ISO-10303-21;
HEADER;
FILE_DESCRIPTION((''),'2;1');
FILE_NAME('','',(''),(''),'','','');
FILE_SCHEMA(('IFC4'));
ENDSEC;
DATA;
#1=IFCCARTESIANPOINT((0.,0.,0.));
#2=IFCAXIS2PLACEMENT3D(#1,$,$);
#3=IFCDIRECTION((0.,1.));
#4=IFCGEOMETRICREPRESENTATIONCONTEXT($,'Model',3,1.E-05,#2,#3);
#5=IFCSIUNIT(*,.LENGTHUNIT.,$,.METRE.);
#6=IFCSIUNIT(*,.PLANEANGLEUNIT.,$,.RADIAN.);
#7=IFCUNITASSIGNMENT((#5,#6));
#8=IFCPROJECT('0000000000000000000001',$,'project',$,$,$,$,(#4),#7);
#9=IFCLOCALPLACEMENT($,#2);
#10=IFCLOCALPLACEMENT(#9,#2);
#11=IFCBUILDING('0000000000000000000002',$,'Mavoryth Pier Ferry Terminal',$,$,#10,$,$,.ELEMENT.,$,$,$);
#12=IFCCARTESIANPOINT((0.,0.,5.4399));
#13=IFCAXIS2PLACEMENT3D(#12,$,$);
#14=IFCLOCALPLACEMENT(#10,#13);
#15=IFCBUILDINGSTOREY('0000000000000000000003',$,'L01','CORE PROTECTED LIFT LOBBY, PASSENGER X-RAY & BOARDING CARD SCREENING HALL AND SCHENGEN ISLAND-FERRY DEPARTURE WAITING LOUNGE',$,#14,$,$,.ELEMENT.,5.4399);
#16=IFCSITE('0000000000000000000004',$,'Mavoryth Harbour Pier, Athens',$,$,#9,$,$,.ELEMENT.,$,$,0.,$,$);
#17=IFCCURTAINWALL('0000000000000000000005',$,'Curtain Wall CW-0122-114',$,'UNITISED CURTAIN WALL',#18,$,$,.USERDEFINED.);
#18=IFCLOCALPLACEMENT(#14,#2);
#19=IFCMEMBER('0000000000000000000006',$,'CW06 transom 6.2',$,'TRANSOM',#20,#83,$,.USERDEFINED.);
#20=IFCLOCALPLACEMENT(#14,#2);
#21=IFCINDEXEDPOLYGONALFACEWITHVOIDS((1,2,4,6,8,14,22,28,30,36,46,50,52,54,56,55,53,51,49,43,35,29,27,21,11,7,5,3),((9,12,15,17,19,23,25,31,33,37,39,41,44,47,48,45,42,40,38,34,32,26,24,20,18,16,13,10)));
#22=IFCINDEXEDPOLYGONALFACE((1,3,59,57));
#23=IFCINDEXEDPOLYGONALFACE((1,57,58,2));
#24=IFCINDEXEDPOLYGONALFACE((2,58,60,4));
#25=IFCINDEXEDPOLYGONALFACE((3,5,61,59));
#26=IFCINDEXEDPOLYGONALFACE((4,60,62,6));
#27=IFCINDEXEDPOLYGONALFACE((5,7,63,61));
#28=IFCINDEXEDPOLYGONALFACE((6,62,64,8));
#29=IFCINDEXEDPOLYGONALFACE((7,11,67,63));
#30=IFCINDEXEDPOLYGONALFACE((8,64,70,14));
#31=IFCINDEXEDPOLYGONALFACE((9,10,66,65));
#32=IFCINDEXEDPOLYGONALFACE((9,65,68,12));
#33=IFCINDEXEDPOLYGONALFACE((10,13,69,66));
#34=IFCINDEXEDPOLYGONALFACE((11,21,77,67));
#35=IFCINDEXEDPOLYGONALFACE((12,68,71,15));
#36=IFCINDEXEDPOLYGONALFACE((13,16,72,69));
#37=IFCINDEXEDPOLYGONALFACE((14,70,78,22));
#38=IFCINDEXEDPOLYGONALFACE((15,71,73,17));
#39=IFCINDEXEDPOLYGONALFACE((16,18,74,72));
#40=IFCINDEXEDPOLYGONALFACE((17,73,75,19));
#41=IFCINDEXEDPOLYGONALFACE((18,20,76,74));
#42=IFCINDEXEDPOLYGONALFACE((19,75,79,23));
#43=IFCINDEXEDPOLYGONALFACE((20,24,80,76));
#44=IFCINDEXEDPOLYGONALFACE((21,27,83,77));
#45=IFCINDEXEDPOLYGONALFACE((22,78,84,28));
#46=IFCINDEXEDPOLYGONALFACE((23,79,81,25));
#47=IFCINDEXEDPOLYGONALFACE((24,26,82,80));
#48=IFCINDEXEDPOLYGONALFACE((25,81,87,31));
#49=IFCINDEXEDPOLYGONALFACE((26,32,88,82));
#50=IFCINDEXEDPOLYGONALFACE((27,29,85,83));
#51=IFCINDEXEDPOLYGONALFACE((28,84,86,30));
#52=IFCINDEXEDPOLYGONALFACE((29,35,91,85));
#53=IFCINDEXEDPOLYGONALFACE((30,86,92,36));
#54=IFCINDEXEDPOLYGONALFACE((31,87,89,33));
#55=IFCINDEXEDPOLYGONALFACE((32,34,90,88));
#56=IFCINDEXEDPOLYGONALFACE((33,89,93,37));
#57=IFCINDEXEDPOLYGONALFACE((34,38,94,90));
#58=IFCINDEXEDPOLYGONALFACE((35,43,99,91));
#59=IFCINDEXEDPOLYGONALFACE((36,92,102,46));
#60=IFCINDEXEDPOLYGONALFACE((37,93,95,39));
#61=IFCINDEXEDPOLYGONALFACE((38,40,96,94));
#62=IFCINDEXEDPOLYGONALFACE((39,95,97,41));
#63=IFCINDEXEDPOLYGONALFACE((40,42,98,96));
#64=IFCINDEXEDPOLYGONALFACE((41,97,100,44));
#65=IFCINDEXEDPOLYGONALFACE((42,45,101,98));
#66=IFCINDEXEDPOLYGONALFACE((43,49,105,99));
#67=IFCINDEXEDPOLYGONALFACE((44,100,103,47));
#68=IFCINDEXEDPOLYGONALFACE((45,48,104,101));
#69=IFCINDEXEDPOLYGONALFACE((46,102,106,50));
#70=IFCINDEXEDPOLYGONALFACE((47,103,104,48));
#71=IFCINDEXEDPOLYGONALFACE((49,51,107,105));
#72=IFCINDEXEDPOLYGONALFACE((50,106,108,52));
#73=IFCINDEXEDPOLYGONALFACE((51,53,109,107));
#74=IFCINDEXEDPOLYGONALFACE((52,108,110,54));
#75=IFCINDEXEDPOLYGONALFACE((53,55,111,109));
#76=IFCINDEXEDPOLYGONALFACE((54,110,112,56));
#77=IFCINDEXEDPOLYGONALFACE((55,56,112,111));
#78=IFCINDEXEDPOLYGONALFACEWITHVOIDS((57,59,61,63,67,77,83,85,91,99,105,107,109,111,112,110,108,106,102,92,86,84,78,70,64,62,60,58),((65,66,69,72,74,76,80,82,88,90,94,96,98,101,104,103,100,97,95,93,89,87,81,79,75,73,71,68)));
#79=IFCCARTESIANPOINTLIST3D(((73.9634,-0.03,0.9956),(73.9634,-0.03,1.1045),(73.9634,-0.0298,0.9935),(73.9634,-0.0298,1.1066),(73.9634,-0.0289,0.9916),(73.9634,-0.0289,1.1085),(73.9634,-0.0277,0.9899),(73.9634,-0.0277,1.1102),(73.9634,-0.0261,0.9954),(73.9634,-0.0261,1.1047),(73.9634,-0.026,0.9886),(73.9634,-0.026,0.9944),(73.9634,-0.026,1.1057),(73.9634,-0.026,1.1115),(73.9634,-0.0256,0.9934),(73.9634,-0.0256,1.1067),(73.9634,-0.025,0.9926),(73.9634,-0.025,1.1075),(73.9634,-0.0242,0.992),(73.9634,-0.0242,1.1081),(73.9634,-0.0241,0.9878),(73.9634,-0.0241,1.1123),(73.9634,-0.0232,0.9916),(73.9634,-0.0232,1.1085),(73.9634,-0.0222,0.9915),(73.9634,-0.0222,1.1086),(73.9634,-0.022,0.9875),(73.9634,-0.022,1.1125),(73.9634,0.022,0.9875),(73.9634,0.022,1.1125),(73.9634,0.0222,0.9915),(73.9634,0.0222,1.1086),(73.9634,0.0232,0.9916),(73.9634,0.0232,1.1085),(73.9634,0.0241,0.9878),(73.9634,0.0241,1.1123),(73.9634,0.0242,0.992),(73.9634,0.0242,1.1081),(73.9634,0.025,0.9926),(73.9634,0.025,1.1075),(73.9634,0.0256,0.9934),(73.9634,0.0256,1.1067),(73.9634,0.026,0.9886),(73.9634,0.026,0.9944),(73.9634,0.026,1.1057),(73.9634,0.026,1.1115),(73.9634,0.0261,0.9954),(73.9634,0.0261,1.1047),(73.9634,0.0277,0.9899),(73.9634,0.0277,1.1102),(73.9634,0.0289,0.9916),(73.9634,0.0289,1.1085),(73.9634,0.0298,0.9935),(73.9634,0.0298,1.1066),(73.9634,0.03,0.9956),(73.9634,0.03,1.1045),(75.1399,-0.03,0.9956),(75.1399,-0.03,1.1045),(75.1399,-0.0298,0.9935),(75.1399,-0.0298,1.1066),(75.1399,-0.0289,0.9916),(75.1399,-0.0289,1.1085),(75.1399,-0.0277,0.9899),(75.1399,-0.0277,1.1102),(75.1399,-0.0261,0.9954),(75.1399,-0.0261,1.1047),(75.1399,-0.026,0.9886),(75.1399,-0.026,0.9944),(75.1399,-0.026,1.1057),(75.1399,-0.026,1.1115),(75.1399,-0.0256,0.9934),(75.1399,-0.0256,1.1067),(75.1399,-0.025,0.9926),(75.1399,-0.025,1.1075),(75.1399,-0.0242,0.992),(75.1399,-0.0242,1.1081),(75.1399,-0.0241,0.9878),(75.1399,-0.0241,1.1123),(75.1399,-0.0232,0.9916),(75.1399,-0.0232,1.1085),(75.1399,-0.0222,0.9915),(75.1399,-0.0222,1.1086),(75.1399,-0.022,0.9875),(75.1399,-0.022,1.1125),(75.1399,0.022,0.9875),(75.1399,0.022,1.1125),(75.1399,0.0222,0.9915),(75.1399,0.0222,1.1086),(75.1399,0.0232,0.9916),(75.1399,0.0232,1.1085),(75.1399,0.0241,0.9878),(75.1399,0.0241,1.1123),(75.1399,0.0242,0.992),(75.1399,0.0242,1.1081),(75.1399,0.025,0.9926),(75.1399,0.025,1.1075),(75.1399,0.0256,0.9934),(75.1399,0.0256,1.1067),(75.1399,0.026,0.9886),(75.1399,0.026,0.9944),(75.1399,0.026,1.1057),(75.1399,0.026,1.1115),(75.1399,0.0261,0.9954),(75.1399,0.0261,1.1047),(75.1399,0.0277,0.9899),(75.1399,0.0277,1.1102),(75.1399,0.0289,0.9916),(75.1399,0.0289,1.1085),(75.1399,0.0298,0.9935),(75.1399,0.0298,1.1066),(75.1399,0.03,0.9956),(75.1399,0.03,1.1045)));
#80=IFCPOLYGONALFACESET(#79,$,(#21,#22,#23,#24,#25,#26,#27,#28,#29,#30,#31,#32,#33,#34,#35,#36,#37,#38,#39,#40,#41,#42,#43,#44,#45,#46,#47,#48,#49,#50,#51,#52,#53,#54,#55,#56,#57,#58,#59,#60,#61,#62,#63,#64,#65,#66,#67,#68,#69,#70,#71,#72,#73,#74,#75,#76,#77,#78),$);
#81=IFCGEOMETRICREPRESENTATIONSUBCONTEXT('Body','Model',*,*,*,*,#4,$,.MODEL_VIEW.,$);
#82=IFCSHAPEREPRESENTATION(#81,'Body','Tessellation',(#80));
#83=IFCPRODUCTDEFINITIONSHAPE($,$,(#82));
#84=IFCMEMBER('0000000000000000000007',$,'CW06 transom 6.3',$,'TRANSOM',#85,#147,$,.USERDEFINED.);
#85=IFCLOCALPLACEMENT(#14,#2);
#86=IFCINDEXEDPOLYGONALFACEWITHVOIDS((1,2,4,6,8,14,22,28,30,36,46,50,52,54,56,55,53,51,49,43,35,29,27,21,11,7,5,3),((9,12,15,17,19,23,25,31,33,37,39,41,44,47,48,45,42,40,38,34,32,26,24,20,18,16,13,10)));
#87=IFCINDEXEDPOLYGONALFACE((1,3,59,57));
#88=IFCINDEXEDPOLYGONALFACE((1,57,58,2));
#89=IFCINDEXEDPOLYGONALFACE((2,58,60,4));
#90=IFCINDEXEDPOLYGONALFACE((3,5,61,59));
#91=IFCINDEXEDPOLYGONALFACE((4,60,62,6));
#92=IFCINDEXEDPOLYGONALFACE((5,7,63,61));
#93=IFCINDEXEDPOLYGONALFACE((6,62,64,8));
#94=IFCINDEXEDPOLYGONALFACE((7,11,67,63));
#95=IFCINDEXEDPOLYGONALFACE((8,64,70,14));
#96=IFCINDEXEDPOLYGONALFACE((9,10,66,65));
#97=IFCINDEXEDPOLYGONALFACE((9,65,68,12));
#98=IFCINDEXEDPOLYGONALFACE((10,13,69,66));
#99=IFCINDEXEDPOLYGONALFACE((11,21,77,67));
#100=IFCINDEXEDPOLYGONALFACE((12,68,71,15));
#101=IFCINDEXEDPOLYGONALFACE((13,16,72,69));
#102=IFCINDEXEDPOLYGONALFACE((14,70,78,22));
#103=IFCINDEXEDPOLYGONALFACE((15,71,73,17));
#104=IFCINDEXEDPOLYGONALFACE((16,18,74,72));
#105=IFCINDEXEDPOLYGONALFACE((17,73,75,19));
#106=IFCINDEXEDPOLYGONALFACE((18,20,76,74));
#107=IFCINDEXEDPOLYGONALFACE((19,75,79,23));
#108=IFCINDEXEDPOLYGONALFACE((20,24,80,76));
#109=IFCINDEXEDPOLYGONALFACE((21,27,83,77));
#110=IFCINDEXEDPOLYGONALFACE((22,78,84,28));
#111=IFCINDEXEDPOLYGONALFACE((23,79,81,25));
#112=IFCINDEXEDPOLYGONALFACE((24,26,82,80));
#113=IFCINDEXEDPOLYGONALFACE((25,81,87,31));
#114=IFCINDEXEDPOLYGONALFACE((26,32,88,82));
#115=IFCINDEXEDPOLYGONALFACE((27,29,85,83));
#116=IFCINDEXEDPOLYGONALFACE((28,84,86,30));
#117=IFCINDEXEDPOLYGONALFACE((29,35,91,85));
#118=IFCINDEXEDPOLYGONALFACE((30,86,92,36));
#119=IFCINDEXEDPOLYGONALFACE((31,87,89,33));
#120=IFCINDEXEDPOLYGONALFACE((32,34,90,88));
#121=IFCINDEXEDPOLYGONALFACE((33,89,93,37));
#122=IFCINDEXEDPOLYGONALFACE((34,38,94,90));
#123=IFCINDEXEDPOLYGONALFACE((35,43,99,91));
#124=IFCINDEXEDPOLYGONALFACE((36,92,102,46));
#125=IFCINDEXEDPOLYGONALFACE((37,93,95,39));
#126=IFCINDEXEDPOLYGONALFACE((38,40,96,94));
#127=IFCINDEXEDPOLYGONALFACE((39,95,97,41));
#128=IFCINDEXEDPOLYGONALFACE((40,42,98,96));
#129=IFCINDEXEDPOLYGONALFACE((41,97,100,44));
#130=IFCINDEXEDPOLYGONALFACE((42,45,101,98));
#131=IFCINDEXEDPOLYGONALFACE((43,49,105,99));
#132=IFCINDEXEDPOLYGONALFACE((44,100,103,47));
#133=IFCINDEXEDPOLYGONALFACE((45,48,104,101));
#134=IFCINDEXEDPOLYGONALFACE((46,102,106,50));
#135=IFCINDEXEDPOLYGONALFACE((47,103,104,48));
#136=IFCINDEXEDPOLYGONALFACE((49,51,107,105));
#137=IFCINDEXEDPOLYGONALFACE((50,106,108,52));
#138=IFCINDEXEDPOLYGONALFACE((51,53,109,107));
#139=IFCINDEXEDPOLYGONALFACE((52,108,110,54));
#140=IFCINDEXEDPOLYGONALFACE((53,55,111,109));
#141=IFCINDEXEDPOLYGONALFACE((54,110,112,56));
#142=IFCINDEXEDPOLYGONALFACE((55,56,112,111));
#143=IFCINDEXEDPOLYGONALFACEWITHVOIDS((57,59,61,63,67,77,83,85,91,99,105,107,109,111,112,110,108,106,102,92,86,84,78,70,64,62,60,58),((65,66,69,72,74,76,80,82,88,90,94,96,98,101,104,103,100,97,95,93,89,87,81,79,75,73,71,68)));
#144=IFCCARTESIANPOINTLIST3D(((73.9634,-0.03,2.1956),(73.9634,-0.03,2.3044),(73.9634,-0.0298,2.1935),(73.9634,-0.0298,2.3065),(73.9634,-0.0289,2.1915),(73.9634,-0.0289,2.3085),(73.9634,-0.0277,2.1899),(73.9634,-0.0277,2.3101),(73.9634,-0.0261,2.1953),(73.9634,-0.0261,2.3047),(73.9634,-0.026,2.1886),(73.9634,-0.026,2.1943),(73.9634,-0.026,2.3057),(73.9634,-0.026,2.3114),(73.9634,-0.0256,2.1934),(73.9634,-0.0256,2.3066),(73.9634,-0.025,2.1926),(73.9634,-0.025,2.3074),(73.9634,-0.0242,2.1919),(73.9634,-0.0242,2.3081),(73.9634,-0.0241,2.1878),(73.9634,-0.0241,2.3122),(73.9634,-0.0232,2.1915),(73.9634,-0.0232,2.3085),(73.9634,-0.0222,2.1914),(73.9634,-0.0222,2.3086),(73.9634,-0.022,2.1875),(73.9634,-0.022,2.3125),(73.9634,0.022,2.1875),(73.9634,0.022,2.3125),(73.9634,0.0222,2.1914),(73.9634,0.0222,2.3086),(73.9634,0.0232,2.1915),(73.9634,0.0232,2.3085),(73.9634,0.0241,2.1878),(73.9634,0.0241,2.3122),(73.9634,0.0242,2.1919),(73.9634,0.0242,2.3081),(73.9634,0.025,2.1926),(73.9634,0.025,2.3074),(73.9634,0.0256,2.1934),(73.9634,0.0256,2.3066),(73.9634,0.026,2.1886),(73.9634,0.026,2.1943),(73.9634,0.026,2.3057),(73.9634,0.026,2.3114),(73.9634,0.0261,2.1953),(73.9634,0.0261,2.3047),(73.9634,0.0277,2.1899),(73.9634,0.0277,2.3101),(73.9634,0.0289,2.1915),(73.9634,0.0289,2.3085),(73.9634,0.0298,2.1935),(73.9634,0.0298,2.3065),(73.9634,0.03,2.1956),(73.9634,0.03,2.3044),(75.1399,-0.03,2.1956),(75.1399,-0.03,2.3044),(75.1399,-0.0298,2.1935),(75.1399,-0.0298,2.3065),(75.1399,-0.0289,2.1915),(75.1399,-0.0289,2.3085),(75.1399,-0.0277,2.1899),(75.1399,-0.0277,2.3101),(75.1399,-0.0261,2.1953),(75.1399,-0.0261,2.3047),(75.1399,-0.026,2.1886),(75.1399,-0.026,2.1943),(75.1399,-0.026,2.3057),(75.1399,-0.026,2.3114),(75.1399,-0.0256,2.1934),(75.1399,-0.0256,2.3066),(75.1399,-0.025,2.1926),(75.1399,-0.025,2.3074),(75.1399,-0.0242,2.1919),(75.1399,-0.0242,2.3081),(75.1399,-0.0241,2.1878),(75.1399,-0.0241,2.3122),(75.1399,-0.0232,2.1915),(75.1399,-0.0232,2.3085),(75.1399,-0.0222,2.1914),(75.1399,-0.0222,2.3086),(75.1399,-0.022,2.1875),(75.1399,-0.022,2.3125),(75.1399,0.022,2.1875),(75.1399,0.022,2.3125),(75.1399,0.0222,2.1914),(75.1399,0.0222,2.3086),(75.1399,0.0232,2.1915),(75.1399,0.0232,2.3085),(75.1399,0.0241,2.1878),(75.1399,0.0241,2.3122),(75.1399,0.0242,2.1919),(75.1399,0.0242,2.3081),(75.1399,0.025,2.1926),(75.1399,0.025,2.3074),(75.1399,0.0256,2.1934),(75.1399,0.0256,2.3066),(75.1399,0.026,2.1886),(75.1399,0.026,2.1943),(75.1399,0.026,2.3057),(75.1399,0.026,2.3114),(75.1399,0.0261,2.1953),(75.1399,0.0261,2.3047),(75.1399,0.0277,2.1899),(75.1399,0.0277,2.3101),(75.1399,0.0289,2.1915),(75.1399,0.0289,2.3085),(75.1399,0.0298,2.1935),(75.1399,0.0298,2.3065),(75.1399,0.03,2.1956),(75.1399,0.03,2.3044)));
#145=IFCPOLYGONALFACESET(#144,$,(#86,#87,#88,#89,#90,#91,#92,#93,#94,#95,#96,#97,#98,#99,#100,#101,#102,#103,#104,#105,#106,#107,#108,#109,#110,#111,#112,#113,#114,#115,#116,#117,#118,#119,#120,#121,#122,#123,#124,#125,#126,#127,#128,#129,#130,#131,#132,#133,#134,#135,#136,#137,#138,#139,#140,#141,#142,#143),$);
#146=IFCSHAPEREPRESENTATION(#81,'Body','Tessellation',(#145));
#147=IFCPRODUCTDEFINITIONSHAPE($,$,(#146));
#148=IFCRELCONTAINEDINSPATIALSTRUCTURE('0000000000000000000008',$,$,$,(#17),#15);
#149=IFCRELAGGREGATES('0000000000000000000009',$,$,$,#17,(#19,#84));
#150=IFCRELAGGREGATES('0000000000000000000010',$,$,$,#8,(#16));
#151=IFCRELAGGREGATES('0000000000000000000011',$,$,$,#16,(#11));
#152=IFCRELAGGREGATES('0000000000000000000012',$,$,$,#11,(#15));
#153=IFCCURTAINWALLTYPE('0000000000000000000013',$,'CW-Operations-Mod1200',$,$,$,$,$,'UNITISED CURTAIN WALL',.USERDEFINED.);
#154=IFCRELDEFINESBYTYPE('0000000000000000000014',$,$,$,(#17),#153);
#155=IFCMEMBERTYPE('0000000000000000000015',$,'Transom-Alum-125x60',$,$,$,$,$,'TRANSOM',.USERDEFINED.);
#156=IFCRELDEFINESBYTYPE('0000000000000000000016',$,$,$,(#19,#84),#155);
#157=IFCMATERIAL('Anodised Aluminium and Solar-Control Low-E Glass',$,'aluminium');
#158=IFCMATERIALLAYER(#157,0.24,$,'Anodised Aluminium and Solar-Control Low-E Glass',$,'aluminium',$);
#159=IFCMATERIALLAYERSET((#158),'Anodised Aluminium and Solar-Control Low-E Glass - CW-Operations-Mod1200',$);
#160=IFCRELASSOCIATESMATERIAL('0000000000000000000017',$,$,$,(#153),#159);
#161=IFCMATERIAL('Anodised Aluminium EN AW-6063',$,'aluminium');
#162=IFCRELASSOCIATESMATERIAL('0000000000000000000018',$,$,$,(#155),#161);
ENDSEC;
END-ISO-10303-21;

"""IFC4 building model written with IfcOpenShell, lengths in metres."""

from ifc_helpers import new_model, si_unit, direction, frame, origin, origin_2d, place, context, subcontext, project, spatial, hollow_rectangle, extrude, material, layer, layer_set, material_profile, profile_set, type_object, element, aggregate, save


model = new_model("IFC4")

# Units and contexts
model_context = context("Model", 3, precision=1e-05, world=origin(), true_north=direction((0.0, 1.0)))
body_context = subcontext(model_context, "Body", "Model", "MODEL_VIEW")
ifc_project = project(units=[si_unit("LENGTHUNIT", "METRE"), si_unit("PLANEANGLEUNIT", "RADIAN")], contexts=[model_context])

# Site, building, storey
site_placement = place(None, origin())
site = spatial("IfcSite", under=ifc_project, at=site_placement, Name="Mavoryth Harbour Pier, Athens", CompositionType="ELEMENT", RefElevation=0.0)
building_placement = place(site_placement, origin())
building = spatial("IfcBuilding", under=site, at=building_placement, Name="Mavoryth Pier Ferry Terminal", CompositionType="ELEMENT")
storey_placement = place(building_placement, frame((0.0, 0.0, 5.4399)))
storey = spatial("IfcBuildingStorey", under=building, at=storey_placement, Name="L01", Description="CORE PROTECTED LIFT LOBBY, PASSENGER X-RAY & BOARDING CARD SCREENING HALL AND SCHENGEN ISLAND-FERRY DEPARTURE WAITING LOUNGE", CompositionType="ELEMENT", Elevation=5.4399)

# Curtain wall
ifc_material_1 = material(Name="Anodised Aluminium and Solar-Control Low-E Glass", Category="aluminium")
ifc_layer_1 = layer(ifc_material_1, 0.24, Name="Anodised Aluminium and Solar-Control Low-E Glass", Category="aluminium")
ifc_layer_set_1 = layer_set([ifc_layer_1], Name="Anodised Aluminium and Solar-Control Low-E Glass - CW-Operations-Mod1200")
curtain_wall_type = type_object("IfcCurtainWallType", Name="CW-Operations-Mod1200", ElementType="UNITISED CURTAIN WALL", PredefinedType="USERDEFINED", material=ifc_layer_set_1)
curtain_wall_1_placement = place(storey_placement, origin())
curtain_wall_1 = element("IfcCurtainWall", 1, at=curtain_wall_1_placement, inside=storey, type_object=curtain_wall_type, Name="Curtain Wall CW-0122-114", ObjectType="UNITISED CURTAIN WALL", PredefinedType="USERDEFINED")
ifc_material_2 = material(Name="Anodised Aluminium EN AW-6063", Category="aluminium")

# Members
ifc_material_profile_1 = material_profile(ifc_material_2, hollow_rectangle(XDim=0.0601, YDim=0.125, WallThickness=0.0039, InnerFilletRadius=0.0039, OuterFilletRadius=0.0081, at=origin_2d()), Name="AL-TRAN 125x60x4", Category="aluminium")
ifc_profile_set_1 = profile_set([ifc_material_profile_1], Name="Anodised Aluminium EN AW-6063 - AL-TRAN 125x60x4")
member_type_1 = type_object("IfcMemberType", Name="Transom-Alum-125x60", ElementType="TRANSOM", PredefinedType="USERDEFINED", material=ifc_profile_set_1)
member_1_placement = place(storey_placement, frame((73.9634, 0.0, 1.05), z_axis=(1.0, 0.0, 0.0), x_axis=(0.0, 1.0, 0.0)))
member_1 = element("IfcMember", 2, at=member_1_placement, type_object=member_type_1, Name="CW06 transom 6.2", ObjectType="TRANSOM", PredefinedType="USERDEFINED", context=body_context, shape_type="SweptSolid", body=[
    extrude(hollow_rectangle(XDim=0.0601, YDim=0.125, WallThickness=0.0039, InnerFilletRadius=0.0039, OuterFilletRadius=0.0081, at=origin_2d()), origin(), (0.0, 0.0, 1.0), 1.1765),
])
member_2_placement = place(storey_placement, frame((73.9634, 0.0, 2.25), z_axis=(1.0, 0.0, 0.0), x_axis=(0.0, 1.0, 0.0)))
member_2 = element("IfcMember", 3, at=member_2_placement, type_object=member_type_1, Name="CW06 transom 6.3", ObjectType="TRANSOM", PredefinedType="USERDEFINED", context=body_context, shape_type="SweptSolid", body=[
    extrude(hollow_rectangle(XDim=0.0601, YDim=0.125, WallThickness=0.0039, InnerFilletRadius=0.0039, OuterFilletRadius=0.0081, at=origin_2d()), origin(), (0.0, 0.0, 1.0), 1.1765),
])

aggregate(curtain_wall_1, [member_1, member_2])

save(model, "model.ifc")
